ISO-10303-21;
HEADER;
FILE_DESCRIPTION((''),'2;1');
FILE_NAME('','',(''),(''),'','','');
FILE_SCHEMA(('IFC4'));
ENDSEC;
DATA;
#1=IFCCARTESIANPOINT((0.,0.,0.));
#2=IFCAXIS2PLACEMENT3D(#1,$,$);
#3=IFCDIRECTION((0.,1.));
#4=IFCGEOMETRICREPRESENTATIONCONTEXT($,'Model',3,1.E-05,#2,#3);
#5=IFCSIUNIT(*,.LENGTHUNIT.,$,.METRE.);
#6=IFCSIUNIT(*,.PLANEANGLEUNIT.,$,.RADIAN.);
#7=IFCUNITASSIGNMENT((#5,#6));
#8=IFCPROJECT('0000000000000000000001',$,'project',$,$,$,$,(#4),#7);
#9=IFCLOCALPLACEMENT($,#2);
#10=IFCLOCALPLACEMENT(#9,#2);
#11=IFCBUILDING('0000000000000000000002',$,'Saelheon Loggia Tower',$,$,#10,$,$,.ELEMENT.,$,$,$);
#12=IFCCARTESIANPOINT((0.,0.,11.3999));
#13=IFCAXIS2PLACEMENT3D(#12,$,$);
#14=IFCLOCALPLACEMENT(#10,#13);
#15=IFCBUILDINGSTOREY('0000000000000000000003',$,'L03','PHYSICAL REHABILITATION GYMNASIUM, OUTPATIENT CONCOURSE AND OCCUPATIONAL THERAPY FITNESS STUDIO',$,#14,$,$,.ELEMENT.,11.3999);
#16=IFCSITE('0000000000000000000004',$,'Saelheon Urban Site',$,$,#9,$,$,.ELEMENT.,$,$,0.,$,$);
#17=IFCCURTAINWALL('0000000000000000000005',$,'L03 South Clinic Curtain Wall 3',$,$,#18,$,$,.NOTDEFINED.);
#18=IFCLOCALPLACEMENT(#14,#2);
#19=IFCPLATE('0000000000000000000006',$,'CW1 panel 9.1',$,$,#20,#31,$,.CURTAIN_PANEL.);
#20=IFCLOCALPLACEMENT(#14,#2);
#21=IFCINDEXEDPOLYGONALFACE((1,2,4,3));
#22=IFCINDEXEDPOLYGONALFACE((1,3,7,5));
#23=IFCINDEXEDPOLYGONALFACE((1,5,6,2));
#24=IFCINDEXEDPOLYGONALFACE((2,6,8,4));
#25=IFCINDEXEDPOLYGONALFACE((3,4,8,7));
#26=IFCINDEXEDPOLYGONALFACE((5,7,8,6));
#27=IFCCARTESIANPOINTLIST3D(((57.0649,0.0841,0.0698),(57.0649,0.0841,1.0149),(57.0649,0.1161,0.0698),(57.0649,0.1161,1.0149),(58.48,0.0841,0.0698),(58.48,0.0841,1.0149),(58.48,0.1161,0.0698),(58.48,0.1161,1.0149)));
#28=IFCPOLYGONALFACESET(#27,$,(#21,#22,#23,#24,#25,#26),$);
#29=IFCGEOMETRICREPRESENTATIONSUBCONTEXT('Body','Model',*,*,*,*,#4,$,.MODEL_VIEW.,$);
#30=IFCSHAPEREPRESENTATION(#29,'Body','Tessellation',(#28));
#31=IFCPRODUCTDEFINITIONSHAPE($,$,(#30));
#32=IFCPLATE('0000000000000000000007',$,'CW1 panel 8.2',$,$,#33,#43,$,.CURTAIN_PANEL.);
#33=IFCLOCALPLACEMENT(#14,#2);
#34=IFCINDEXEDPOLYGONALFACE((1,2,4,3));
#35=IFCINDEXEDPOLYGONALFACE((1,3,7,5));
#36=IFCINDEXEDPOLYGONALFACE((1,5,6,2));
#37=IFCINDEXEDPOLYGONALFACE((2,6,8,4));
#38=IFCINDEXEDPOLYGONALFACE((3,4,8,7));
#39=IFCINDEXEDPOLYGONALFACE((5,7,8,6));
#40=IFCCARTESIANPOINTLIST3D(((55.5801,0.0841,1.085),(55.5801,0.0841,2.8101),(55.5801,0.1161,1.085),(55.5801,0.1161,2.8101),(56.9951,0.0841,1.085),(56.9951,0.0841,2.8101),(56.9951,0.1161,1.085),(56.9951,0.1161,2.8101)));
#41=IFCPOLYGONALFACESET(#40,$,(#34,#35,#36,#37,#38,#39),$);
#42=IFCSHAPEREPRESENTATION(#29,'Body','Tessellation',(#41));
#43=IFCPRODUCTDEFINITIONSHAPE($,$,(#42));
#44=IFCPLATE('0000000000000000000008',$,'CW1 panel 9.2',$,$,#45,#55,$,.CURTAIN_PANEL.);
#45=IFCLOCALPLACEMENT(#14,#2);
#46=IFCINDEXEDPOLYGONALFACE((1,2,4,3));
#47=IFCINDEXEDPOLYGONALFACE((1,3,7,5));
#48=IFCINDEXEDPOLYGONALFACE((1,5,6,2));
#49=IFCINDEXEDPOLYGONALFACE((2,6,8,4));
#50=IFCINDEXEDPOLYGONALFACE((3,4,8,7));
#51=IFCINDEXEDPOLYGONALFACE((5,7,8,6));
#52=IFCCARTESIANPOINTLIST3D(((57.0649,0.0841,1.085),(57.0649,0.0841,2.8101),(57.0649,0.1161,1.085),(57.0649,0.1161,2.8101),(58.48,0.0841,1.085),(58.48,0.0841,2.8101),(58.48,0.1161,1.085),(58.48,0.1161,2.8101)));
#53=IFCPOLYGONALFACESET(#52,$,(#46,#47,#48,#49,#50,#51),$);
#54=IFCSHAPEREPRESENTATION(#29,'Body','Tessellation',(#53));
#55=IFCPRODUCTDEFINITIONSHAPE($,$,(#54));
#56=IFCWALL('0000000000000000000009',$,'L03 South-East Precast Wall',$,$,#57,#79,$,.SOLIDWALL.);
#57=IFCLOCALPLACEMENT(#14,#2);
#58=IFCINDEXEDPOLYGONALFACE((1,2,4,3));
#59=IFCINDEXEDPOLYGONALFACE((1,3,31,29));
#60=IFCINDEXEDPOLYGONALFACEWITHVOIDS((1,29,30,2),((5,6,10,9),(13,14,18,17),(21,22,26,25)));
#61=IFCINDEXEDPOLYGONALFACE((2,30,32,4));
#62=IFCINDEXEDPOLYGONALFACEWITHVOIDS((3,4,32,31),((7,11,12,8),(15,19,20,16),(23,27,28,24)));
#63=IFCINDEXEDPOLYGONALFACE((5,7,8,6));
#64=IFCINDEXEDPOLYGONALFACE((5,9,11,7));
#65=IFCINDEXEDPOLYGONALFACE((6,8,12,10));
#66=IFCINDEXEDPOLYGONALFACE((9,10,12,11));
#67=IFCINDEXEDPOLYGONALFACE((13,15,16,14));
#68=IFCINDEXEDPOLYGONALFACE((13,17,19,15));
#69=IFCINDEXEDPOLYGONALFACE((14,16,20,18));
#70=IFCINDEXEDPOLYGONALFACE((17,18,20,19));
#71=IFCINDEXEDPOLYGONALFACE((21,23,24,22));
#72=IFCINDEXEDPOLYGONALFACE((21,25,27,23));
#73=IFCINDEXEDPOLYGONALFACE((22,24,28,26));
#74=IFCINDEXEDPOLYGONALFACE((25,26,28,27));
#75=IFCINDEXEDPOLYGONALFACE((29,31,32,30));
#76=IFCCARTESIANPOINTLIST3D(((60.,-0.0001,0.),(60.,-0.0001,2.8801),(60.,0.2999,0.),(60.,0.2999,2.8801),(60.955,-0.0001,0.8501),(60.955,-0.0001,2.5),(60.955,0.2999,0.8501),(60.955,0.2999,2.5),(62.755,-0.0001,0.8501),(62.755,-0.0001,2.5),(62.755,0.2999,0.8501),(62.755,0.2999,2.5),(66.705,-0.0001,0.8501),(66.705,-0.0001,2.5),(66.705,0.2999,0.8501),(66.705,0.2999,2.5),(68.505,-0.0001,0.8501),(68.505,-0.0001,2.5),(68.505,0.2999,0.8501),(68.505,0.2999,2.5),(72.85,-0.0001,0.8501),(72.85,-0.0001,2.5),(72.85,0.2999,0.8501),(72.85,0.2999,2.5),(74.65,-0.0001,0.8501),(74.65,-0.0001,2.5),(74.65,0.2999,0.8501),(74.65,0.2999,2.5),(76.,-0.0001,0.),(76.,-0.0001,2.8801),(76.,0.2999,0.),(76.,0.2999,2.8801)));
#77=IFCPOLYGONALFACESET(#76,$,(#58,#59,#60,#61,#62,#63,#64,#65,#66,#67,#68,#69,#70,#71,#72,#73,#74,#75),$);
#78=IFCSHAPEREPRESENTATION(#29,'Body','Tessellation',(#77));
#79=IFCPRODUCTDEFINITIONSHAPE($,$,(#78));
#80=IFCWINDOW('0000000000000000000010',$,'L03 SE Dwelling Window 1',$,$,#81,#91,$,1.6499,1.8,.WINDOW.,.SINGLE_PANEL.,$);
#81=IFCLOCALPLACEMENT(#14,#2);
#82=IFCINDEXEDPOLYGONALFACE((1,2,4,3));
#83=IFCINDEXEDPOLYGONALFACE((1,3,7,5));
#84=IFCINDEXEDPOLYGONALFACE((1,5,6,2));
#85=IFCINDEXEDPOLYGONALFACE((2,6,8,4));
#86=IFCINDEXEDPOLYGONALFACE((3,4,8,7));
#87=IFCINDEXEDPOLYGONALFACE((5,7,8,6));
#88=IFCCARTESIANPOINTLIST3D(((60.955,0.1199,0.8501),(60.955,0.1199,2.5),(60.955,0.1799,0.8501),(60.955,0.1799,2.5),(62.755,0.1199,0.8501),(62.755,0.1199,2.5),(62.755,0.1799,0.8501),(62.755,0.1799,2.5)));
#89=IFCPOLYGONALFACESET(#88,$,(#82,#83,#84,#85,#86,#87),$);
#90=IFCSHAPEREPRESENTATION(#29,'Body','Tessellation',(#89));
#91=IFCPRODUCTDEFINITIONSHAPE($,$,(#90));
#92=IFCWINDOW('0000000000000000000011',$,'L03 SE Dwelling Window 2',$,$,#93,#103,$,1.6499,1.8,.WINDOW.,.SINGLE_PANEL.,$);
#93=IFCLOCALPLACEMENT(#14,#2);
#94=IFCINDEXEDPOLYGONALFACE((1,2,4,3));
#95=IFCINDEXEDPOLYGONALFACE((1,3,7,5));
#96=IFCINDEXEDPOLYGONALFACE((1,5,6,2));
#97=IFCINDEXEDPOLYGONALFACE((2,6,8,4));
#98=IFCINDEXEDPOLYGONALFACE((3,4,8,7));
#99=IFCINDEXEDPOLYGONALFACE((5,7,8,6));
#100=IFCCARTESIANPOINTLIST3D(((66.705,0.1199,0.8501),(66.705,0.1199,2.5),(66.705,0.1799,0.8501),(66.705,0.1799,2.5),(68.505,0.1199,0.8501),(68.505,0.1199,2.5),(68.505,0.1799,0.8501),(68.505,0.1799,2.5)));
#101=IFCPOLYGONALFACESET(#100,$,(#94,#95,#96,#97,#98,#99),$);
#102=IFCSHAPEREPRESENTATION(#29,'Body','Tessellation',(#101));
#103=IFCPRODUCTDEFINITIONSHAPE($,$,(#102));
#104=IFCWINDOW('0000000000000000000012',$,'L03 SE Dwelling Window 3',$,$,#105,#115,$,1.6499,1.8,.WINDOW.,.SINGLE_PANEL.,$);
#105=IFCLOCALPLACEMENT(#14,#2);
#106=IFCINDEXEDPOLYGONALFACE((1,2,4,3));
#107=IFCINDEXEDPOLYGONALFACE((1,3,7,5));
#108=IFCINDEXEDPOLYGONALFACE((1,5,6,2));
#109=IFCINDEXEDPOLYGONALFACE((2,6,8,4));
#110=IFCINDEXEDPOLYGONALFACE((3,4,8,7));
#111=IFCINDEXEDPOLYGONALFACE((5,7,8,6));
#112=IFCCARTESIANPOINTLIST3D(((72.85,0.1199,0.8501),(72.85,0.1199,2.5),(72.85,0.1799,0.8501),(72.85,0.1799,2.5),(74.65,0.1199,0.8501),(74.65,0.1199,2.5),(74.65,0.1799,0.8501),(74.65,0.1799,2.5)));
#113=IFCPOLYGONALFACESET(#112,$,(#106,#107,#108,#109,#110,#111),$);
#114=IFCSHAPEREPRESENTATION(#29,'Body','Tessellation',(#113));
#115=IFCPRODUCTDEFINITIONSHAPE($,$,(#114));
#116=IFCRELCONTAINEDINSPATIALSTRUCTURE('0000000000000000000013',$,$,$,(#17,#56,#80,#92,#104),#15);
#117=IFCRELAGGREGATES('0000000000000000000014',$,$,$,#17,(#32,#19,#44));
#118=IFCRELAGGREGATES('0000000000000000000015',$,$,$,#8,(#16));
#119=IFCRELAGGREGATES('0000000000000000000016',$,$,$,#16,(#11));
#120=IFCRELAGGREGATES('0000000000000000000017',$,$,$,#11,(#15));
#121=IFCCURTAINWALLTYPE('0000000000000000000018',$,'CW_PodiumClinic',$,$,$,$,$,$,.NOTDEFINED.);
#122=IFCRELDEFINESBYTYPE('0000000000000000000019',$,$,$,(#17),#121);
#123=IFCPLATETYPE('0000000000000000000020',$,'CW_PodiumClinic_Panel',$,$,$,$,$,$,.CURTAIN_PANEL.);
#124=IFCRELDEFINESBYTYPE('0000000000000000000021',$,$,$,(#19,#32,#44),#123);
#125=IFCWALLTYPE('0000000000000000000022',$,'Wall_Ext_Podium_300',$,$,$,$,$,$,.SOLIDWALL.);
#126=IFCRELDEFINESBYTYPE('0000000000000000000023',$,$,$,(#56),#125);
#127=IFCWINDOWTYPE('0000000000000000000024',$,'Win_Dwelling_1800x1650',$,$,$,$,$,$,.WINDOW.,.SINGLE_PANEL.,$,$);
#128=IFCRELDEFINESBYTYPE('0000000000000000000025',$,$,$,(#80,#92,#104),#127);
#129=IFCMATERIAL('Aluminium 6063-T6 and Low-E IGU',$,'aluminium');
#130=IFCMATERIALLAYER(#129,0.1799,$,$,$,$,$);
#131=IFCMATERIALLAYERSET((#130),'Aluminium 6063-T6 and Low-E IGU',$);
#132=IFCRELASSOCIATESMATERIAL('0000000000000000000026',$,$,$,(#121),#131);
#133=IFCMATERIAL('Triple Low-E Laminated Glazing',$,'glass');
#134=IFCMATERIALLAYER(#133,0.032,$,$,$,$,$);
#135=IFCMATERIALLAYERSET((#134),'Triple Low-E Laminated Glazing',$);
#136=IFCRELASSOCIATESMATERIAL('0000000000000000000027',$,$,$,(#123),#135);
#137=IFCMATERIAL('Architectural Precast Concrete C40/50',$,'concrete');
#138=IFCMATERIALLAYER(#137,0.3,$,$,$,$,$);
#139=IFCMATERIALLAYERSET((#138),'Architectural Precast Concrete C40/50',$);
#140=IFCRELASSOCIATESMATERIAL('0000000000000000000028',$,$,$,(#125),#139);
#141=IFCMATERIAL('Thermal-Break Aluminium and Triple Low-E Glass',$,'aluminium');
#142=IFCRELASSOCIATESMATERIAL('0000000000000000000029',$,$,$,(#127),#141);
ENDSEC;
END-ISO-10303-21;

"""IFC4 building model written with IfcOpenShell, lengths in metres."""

from ifc_helpers import new_model, si_unit, direction, frame, frame_2d, origin, origin_2d, place, context, subcontext, project, spatial, rectangle, extrude, source, transform, mapped, material, layer, layer_set, type_object, element, fill, aggregate, save


model = new_model("IFC4")

# Units and contexts
model_context = context("Model", 3, precision=1e-05, world=origin(), true_north=direction((0.0, 1.0)))
body_context = subcontext(model_context, "Body", "Model", "MODEL_VIEW")
ifc_project = project(units=[si_unit("LENGTHUNIT", "METRE"), si_unit("PLANEANGLEUNIT", "RADIAN")], contexts=[model_context])

# Site, building, storey
site_placement = place(None, origin())
site = spatial("IfcSite", under=ifc_project, at=site_placement, Name="Saelheon Urban Site", CompositionType="ELEMENT", RefElevation=0.0)
building_placement = place(site_placement, origin())
building = spatial("IfcBuilding", under=site, at=building_placement, Name="Saelheon Loggia Tower", CompositionType="ELEMENT")
storey_placement = place(building_placement, frame((0.0, 0.0, 11.3999)))
storey = spatial("IfcBuildingStorey", under=building, at=storey_placement, Name="L03", Description="PHYSICAL REHABILITATION GYMNASIUM, OUTPATIENT CONCOURSE AND OCCUPATIONAL THERAPY FITNESS STUDIO", CompositionType="ELEMENT", Elevation=11.3999)

# Curtain wall, plates
ifc_material_1 = material(Name="Aluminium 6063-T6 and Low-E IGU", Category="aluminium")
ifc_layer_1 = layer(ifc_material_1, 0.1799)
ifc_layer_set_1 = layer_set([ifc_layer_1], Name="Aluminium 6063-T6 and Low-E IGU")
curtain_wall_type = type_object("IfcCurtainWallType", Name="CW_PodiumClinic", PredefinedType="NOTDEFINED", material=ifc_layer_set_1)
curtain_wall_placement = place(storey_placement, origin())
curtain_wall = element("IfcCurtainWall", 1, at=curtain_wall_placement, inside=storey, type_object=curtain_wall_type, Name="L03 South Clinic Curtain Wall 3", PredefinedType="NOTDEFINED")
ifc_material_2 = material(Name="Triple Low-E Laminated Glazing", Category="glass")
ifc_layer_2 = layer(ifc_material_2, 0.032)
ifc_layer_set_2 = layer_set([ifc_layer_2], Name="Triple Low-E Laminated Glazing")
plate_type = type_object("IfcPlateType", Name="CW_PodiumClinic_Panel", PredefinedType="CURTAIN_PANEL", material=ifc_layer_set_2)
shared_shape_1 = source(origin(), body_context, "Body", "SweptSolid", [
    extrude(rectangle(XDim=1.415, YDim=0.032, at=origin_2d()), origin(), (0.0, 0.0, 1.0), 0.9451),
])
plate_1_placement = place(storey_placement, frame((57.7725, 0.1001, 0.0698), z_axis=(0.0, 0.0, 1.0), x_axis=(1.0, 0.0, 0.0)))
plate_1 = element("IfcPlate", 2, at=plate_1_placement, type_object=plate_type, Name="CW1 panel 9.1", PredefinedType="CURTAIN_PANEL", context=body_context, shape_type="MappedRepresentation", body=[
    mapped(shared_shape_1, transform((0.0, 0.0, 0.0), scale=1.0)),
])
shared_shape_2 = source(origin(), body_context, "Body", "SweptSolid", [
    extrude(rectangle(XDim=1.415, YDim=0.032, at=origin_2d()), origin(), (0.0, 0.0, 1.0), 1.7251),
])
plate_2_placement = place(storey_placement, frame((56.2876, 0.1001, 1.085), z_axis=(0.0, 0.0, 1.0), x_axis=(1.0, 0.0, 0.0)))
plate_2 = element("IfcPlate", 3, at=plate_2_placement, type_object=plate_type, Name="CW1 panel 8.2", PredefinedType="CURTAIN_PANEL", context=body_context, shape_type="MappedRepresentation", body=[
    mapped(shared_shape_2, transform((0.0, 0.0, 0.0), scale=1.0)),
])
plate_3_placement = place(storey_placement, frame((57.7725, 0.1001, 1.085), z_axis=(0.0, 0.0, 1.0), x_axis=(1.0, 0.0, 0.0)))
plate_3 = element("IfcPlate", 4, at=plate_3_placement, type_object=plate_type, Name="CW1 panel 9.2", PredefinedType="CURTAIN_PANEL", context=body_context, shape_type="MappedRepresentation", body=[
    mapped(shared_shape_2, transform((0.0, 0.0, 0.0), scale=1.0)),
])
aggregate(curtain_wall, [plate_2, plate_1, plate_3])

# Wall, openings, windows
ifc_material_3 = material(Name="Architectural Precast Concrete C40/50", Category="concrete")
ifc_layer_3 = layer(ifc_material_3, 0.3)
ifc_layer_set_3 = layer_set([ifc_layer_3], Name="Architectural Precast Concrete C40/50")
wall_type_1 = type_object("IfcWallType", Name="Wall_Ext_Podium_300", PredefinedType="SOLIDWALL", material=ifc_layer_set_3)
wall_1_placement = place(storey_placement, frame((60.0, 0.1499, 0.0), z_axis=(0.0, 0.0, 1.0), x_axis=(1.0, 0.0, 0.0)))
wall_1 = element("IfcWall", 5, at=wall_1_placement, inside=storey, type_object=wall_type_1, Name="L03 South-East Precast Wall", PredefinedType="SOLIDWALL", context=body_context, shape_type="SweptSolid", body=[
    extrude(rectangle(XDim=16.0, YDim=0.3, at=frame_2d((8.0, 0.0))), origin(), (0.0, 0.0, 1.0), 2.8801),
])
opening_1_placement = place(wall_1_placement, frame((0.9551, 0.0, 0.8501)))
opening_1 = element("IfcOpeningElement", 6, at=opening_1_placement, cuts=wall_1, PredefinedType="OPENING", context=body_context, shape_type="SweptSolid", body=[
    extrude(rectangle(XDim=1.8, YDim=1.6499, at=frame_2d((0.8999, 0.825))), frame((0.0, 0.1621, 0.0), z_axis=(0.0, -1.0, 0.0), x_axis=(1.0, 0.0, 0.0)), (0.0, 0.0, 1.0), 0.324),
])
opening_2_placement = place(wall_1_placement, frame((6.7051, 0.0, 0.8501)))
opening_2 = element("IfcOpeningElement", 7, at=opening_2_placement, cuts=wall_1, PredefinedType="OPENING", context=body_context, shape_type="SweptSolid", body=[
    extrude(rectangle(XDim=1.8, YDim=1.6499, at=frame_2d((0.8999, 0.825))), frame((0.0, 0.1621, 0.0), z_axis=(0.0, -1.0, 0.0), x_axis=(1.0, 0.0, 0.0)), (0.0, 0.0, 1.0), 0.324),
])
opening_3_placement = place(wall_1_placement, frame((12.8501, 0.0, 0.8501)))
opening_3 = element("IfcOpeningElement", 8, at=opening_3_placement, cuts=wall_1, PredefinedType="OPENING", context=body_context, shape_type="SweptSolid", body=[
    extrude(rectangle(XDim=1.8, YDim=1.6499, at=frame_2d((0.8999, 0.825))), frame((0.0, 0.1621, 0.0), z_axis=(0.0, -1.0, 0.0), x_axis=(1.0, 0.0, 0.0)), (0.0, 0.0, 1.0), 0.324),
])
ifc_material_4 = material(Name="Thermal-Break Aluminium and Triple Low-E Glass", Category="aluminium")
window_type_1 = type_object("IfcWindowType", Name="Win_Dwelling_1800x1650", PartitioningType="SINGLE_PANEL", PredefinedType="WINDOW", material=ifc_material_4)
shared_shape_3 = source(origin(), body_context, "Body", "SweptSolid", [
    extrude(rectangle(XDim=1.8, YDim=1.6499, at=frame_2d((0.8999, 0.825))), frame((0.0, 0.03, 0.0), z_axis=(0.0, -1.0, 0.0), x_axis=(1.0, 0.0, 0.0)), (0.0, 0.0, 1.0), 0.0601),
])
window_1_placement = place(opening_1_placement, origin())
window_1 = element("IfcWindow", 9, at=window_1_placement, inside=storey, type_object=window_type_1, Name="L03 SE Dwelling Window 1", OverallHeight=1.6499, OverallWidth=1.8, PartitioningType="SINGLE_PANEL", PredefinedType="WINDOW", context=body_context, shape_type="MappedRepresentation", body=[
    mapped(shared_shape_3, transform((0.0, 0.0, 0.0), scale=1.0)),
])
fill(opening_1, window_1)
window_2_placement = place(opening_2_placement, origin())
window_2 = element("IfcWindow", 10, at=window_2_placement, inside=storey, type_object=window_type_1, Name="L03 SE Dwelling Window 2", OverallHeight=1.6499, OverallWidth=1.8, PartitioningType="SINGLE_PANEL", PredefinedType="WINDOW", context=body_context, shape_type="MappedRepresentation", body=[
    mapped(shared_shape_3, transform((0.0, 0.0, 0.0), scale=1.0)),
])
fill(opening_2, window_2)
window_3_placement = place(opening_3_placement, origin())
window_3 = element("IfcWindow", 11, at=window_3_placement, inside=storey, type_object=window_type_1, Name="L03 SE Dwelling Window 3", OverallHeight=1.6499, OverallWidth=1.8, PartitioningType="SINGLE_PANEL", PredefinedType="WINDOW", context=body_context, shape_type="MappedRepresentation", body=[
    mapped(shared_shape_3, transform((0.0, 0.0, 0.0), scale=1.0)),
])
fill(opening_3, window_3)

save(model, "model.ifc")
